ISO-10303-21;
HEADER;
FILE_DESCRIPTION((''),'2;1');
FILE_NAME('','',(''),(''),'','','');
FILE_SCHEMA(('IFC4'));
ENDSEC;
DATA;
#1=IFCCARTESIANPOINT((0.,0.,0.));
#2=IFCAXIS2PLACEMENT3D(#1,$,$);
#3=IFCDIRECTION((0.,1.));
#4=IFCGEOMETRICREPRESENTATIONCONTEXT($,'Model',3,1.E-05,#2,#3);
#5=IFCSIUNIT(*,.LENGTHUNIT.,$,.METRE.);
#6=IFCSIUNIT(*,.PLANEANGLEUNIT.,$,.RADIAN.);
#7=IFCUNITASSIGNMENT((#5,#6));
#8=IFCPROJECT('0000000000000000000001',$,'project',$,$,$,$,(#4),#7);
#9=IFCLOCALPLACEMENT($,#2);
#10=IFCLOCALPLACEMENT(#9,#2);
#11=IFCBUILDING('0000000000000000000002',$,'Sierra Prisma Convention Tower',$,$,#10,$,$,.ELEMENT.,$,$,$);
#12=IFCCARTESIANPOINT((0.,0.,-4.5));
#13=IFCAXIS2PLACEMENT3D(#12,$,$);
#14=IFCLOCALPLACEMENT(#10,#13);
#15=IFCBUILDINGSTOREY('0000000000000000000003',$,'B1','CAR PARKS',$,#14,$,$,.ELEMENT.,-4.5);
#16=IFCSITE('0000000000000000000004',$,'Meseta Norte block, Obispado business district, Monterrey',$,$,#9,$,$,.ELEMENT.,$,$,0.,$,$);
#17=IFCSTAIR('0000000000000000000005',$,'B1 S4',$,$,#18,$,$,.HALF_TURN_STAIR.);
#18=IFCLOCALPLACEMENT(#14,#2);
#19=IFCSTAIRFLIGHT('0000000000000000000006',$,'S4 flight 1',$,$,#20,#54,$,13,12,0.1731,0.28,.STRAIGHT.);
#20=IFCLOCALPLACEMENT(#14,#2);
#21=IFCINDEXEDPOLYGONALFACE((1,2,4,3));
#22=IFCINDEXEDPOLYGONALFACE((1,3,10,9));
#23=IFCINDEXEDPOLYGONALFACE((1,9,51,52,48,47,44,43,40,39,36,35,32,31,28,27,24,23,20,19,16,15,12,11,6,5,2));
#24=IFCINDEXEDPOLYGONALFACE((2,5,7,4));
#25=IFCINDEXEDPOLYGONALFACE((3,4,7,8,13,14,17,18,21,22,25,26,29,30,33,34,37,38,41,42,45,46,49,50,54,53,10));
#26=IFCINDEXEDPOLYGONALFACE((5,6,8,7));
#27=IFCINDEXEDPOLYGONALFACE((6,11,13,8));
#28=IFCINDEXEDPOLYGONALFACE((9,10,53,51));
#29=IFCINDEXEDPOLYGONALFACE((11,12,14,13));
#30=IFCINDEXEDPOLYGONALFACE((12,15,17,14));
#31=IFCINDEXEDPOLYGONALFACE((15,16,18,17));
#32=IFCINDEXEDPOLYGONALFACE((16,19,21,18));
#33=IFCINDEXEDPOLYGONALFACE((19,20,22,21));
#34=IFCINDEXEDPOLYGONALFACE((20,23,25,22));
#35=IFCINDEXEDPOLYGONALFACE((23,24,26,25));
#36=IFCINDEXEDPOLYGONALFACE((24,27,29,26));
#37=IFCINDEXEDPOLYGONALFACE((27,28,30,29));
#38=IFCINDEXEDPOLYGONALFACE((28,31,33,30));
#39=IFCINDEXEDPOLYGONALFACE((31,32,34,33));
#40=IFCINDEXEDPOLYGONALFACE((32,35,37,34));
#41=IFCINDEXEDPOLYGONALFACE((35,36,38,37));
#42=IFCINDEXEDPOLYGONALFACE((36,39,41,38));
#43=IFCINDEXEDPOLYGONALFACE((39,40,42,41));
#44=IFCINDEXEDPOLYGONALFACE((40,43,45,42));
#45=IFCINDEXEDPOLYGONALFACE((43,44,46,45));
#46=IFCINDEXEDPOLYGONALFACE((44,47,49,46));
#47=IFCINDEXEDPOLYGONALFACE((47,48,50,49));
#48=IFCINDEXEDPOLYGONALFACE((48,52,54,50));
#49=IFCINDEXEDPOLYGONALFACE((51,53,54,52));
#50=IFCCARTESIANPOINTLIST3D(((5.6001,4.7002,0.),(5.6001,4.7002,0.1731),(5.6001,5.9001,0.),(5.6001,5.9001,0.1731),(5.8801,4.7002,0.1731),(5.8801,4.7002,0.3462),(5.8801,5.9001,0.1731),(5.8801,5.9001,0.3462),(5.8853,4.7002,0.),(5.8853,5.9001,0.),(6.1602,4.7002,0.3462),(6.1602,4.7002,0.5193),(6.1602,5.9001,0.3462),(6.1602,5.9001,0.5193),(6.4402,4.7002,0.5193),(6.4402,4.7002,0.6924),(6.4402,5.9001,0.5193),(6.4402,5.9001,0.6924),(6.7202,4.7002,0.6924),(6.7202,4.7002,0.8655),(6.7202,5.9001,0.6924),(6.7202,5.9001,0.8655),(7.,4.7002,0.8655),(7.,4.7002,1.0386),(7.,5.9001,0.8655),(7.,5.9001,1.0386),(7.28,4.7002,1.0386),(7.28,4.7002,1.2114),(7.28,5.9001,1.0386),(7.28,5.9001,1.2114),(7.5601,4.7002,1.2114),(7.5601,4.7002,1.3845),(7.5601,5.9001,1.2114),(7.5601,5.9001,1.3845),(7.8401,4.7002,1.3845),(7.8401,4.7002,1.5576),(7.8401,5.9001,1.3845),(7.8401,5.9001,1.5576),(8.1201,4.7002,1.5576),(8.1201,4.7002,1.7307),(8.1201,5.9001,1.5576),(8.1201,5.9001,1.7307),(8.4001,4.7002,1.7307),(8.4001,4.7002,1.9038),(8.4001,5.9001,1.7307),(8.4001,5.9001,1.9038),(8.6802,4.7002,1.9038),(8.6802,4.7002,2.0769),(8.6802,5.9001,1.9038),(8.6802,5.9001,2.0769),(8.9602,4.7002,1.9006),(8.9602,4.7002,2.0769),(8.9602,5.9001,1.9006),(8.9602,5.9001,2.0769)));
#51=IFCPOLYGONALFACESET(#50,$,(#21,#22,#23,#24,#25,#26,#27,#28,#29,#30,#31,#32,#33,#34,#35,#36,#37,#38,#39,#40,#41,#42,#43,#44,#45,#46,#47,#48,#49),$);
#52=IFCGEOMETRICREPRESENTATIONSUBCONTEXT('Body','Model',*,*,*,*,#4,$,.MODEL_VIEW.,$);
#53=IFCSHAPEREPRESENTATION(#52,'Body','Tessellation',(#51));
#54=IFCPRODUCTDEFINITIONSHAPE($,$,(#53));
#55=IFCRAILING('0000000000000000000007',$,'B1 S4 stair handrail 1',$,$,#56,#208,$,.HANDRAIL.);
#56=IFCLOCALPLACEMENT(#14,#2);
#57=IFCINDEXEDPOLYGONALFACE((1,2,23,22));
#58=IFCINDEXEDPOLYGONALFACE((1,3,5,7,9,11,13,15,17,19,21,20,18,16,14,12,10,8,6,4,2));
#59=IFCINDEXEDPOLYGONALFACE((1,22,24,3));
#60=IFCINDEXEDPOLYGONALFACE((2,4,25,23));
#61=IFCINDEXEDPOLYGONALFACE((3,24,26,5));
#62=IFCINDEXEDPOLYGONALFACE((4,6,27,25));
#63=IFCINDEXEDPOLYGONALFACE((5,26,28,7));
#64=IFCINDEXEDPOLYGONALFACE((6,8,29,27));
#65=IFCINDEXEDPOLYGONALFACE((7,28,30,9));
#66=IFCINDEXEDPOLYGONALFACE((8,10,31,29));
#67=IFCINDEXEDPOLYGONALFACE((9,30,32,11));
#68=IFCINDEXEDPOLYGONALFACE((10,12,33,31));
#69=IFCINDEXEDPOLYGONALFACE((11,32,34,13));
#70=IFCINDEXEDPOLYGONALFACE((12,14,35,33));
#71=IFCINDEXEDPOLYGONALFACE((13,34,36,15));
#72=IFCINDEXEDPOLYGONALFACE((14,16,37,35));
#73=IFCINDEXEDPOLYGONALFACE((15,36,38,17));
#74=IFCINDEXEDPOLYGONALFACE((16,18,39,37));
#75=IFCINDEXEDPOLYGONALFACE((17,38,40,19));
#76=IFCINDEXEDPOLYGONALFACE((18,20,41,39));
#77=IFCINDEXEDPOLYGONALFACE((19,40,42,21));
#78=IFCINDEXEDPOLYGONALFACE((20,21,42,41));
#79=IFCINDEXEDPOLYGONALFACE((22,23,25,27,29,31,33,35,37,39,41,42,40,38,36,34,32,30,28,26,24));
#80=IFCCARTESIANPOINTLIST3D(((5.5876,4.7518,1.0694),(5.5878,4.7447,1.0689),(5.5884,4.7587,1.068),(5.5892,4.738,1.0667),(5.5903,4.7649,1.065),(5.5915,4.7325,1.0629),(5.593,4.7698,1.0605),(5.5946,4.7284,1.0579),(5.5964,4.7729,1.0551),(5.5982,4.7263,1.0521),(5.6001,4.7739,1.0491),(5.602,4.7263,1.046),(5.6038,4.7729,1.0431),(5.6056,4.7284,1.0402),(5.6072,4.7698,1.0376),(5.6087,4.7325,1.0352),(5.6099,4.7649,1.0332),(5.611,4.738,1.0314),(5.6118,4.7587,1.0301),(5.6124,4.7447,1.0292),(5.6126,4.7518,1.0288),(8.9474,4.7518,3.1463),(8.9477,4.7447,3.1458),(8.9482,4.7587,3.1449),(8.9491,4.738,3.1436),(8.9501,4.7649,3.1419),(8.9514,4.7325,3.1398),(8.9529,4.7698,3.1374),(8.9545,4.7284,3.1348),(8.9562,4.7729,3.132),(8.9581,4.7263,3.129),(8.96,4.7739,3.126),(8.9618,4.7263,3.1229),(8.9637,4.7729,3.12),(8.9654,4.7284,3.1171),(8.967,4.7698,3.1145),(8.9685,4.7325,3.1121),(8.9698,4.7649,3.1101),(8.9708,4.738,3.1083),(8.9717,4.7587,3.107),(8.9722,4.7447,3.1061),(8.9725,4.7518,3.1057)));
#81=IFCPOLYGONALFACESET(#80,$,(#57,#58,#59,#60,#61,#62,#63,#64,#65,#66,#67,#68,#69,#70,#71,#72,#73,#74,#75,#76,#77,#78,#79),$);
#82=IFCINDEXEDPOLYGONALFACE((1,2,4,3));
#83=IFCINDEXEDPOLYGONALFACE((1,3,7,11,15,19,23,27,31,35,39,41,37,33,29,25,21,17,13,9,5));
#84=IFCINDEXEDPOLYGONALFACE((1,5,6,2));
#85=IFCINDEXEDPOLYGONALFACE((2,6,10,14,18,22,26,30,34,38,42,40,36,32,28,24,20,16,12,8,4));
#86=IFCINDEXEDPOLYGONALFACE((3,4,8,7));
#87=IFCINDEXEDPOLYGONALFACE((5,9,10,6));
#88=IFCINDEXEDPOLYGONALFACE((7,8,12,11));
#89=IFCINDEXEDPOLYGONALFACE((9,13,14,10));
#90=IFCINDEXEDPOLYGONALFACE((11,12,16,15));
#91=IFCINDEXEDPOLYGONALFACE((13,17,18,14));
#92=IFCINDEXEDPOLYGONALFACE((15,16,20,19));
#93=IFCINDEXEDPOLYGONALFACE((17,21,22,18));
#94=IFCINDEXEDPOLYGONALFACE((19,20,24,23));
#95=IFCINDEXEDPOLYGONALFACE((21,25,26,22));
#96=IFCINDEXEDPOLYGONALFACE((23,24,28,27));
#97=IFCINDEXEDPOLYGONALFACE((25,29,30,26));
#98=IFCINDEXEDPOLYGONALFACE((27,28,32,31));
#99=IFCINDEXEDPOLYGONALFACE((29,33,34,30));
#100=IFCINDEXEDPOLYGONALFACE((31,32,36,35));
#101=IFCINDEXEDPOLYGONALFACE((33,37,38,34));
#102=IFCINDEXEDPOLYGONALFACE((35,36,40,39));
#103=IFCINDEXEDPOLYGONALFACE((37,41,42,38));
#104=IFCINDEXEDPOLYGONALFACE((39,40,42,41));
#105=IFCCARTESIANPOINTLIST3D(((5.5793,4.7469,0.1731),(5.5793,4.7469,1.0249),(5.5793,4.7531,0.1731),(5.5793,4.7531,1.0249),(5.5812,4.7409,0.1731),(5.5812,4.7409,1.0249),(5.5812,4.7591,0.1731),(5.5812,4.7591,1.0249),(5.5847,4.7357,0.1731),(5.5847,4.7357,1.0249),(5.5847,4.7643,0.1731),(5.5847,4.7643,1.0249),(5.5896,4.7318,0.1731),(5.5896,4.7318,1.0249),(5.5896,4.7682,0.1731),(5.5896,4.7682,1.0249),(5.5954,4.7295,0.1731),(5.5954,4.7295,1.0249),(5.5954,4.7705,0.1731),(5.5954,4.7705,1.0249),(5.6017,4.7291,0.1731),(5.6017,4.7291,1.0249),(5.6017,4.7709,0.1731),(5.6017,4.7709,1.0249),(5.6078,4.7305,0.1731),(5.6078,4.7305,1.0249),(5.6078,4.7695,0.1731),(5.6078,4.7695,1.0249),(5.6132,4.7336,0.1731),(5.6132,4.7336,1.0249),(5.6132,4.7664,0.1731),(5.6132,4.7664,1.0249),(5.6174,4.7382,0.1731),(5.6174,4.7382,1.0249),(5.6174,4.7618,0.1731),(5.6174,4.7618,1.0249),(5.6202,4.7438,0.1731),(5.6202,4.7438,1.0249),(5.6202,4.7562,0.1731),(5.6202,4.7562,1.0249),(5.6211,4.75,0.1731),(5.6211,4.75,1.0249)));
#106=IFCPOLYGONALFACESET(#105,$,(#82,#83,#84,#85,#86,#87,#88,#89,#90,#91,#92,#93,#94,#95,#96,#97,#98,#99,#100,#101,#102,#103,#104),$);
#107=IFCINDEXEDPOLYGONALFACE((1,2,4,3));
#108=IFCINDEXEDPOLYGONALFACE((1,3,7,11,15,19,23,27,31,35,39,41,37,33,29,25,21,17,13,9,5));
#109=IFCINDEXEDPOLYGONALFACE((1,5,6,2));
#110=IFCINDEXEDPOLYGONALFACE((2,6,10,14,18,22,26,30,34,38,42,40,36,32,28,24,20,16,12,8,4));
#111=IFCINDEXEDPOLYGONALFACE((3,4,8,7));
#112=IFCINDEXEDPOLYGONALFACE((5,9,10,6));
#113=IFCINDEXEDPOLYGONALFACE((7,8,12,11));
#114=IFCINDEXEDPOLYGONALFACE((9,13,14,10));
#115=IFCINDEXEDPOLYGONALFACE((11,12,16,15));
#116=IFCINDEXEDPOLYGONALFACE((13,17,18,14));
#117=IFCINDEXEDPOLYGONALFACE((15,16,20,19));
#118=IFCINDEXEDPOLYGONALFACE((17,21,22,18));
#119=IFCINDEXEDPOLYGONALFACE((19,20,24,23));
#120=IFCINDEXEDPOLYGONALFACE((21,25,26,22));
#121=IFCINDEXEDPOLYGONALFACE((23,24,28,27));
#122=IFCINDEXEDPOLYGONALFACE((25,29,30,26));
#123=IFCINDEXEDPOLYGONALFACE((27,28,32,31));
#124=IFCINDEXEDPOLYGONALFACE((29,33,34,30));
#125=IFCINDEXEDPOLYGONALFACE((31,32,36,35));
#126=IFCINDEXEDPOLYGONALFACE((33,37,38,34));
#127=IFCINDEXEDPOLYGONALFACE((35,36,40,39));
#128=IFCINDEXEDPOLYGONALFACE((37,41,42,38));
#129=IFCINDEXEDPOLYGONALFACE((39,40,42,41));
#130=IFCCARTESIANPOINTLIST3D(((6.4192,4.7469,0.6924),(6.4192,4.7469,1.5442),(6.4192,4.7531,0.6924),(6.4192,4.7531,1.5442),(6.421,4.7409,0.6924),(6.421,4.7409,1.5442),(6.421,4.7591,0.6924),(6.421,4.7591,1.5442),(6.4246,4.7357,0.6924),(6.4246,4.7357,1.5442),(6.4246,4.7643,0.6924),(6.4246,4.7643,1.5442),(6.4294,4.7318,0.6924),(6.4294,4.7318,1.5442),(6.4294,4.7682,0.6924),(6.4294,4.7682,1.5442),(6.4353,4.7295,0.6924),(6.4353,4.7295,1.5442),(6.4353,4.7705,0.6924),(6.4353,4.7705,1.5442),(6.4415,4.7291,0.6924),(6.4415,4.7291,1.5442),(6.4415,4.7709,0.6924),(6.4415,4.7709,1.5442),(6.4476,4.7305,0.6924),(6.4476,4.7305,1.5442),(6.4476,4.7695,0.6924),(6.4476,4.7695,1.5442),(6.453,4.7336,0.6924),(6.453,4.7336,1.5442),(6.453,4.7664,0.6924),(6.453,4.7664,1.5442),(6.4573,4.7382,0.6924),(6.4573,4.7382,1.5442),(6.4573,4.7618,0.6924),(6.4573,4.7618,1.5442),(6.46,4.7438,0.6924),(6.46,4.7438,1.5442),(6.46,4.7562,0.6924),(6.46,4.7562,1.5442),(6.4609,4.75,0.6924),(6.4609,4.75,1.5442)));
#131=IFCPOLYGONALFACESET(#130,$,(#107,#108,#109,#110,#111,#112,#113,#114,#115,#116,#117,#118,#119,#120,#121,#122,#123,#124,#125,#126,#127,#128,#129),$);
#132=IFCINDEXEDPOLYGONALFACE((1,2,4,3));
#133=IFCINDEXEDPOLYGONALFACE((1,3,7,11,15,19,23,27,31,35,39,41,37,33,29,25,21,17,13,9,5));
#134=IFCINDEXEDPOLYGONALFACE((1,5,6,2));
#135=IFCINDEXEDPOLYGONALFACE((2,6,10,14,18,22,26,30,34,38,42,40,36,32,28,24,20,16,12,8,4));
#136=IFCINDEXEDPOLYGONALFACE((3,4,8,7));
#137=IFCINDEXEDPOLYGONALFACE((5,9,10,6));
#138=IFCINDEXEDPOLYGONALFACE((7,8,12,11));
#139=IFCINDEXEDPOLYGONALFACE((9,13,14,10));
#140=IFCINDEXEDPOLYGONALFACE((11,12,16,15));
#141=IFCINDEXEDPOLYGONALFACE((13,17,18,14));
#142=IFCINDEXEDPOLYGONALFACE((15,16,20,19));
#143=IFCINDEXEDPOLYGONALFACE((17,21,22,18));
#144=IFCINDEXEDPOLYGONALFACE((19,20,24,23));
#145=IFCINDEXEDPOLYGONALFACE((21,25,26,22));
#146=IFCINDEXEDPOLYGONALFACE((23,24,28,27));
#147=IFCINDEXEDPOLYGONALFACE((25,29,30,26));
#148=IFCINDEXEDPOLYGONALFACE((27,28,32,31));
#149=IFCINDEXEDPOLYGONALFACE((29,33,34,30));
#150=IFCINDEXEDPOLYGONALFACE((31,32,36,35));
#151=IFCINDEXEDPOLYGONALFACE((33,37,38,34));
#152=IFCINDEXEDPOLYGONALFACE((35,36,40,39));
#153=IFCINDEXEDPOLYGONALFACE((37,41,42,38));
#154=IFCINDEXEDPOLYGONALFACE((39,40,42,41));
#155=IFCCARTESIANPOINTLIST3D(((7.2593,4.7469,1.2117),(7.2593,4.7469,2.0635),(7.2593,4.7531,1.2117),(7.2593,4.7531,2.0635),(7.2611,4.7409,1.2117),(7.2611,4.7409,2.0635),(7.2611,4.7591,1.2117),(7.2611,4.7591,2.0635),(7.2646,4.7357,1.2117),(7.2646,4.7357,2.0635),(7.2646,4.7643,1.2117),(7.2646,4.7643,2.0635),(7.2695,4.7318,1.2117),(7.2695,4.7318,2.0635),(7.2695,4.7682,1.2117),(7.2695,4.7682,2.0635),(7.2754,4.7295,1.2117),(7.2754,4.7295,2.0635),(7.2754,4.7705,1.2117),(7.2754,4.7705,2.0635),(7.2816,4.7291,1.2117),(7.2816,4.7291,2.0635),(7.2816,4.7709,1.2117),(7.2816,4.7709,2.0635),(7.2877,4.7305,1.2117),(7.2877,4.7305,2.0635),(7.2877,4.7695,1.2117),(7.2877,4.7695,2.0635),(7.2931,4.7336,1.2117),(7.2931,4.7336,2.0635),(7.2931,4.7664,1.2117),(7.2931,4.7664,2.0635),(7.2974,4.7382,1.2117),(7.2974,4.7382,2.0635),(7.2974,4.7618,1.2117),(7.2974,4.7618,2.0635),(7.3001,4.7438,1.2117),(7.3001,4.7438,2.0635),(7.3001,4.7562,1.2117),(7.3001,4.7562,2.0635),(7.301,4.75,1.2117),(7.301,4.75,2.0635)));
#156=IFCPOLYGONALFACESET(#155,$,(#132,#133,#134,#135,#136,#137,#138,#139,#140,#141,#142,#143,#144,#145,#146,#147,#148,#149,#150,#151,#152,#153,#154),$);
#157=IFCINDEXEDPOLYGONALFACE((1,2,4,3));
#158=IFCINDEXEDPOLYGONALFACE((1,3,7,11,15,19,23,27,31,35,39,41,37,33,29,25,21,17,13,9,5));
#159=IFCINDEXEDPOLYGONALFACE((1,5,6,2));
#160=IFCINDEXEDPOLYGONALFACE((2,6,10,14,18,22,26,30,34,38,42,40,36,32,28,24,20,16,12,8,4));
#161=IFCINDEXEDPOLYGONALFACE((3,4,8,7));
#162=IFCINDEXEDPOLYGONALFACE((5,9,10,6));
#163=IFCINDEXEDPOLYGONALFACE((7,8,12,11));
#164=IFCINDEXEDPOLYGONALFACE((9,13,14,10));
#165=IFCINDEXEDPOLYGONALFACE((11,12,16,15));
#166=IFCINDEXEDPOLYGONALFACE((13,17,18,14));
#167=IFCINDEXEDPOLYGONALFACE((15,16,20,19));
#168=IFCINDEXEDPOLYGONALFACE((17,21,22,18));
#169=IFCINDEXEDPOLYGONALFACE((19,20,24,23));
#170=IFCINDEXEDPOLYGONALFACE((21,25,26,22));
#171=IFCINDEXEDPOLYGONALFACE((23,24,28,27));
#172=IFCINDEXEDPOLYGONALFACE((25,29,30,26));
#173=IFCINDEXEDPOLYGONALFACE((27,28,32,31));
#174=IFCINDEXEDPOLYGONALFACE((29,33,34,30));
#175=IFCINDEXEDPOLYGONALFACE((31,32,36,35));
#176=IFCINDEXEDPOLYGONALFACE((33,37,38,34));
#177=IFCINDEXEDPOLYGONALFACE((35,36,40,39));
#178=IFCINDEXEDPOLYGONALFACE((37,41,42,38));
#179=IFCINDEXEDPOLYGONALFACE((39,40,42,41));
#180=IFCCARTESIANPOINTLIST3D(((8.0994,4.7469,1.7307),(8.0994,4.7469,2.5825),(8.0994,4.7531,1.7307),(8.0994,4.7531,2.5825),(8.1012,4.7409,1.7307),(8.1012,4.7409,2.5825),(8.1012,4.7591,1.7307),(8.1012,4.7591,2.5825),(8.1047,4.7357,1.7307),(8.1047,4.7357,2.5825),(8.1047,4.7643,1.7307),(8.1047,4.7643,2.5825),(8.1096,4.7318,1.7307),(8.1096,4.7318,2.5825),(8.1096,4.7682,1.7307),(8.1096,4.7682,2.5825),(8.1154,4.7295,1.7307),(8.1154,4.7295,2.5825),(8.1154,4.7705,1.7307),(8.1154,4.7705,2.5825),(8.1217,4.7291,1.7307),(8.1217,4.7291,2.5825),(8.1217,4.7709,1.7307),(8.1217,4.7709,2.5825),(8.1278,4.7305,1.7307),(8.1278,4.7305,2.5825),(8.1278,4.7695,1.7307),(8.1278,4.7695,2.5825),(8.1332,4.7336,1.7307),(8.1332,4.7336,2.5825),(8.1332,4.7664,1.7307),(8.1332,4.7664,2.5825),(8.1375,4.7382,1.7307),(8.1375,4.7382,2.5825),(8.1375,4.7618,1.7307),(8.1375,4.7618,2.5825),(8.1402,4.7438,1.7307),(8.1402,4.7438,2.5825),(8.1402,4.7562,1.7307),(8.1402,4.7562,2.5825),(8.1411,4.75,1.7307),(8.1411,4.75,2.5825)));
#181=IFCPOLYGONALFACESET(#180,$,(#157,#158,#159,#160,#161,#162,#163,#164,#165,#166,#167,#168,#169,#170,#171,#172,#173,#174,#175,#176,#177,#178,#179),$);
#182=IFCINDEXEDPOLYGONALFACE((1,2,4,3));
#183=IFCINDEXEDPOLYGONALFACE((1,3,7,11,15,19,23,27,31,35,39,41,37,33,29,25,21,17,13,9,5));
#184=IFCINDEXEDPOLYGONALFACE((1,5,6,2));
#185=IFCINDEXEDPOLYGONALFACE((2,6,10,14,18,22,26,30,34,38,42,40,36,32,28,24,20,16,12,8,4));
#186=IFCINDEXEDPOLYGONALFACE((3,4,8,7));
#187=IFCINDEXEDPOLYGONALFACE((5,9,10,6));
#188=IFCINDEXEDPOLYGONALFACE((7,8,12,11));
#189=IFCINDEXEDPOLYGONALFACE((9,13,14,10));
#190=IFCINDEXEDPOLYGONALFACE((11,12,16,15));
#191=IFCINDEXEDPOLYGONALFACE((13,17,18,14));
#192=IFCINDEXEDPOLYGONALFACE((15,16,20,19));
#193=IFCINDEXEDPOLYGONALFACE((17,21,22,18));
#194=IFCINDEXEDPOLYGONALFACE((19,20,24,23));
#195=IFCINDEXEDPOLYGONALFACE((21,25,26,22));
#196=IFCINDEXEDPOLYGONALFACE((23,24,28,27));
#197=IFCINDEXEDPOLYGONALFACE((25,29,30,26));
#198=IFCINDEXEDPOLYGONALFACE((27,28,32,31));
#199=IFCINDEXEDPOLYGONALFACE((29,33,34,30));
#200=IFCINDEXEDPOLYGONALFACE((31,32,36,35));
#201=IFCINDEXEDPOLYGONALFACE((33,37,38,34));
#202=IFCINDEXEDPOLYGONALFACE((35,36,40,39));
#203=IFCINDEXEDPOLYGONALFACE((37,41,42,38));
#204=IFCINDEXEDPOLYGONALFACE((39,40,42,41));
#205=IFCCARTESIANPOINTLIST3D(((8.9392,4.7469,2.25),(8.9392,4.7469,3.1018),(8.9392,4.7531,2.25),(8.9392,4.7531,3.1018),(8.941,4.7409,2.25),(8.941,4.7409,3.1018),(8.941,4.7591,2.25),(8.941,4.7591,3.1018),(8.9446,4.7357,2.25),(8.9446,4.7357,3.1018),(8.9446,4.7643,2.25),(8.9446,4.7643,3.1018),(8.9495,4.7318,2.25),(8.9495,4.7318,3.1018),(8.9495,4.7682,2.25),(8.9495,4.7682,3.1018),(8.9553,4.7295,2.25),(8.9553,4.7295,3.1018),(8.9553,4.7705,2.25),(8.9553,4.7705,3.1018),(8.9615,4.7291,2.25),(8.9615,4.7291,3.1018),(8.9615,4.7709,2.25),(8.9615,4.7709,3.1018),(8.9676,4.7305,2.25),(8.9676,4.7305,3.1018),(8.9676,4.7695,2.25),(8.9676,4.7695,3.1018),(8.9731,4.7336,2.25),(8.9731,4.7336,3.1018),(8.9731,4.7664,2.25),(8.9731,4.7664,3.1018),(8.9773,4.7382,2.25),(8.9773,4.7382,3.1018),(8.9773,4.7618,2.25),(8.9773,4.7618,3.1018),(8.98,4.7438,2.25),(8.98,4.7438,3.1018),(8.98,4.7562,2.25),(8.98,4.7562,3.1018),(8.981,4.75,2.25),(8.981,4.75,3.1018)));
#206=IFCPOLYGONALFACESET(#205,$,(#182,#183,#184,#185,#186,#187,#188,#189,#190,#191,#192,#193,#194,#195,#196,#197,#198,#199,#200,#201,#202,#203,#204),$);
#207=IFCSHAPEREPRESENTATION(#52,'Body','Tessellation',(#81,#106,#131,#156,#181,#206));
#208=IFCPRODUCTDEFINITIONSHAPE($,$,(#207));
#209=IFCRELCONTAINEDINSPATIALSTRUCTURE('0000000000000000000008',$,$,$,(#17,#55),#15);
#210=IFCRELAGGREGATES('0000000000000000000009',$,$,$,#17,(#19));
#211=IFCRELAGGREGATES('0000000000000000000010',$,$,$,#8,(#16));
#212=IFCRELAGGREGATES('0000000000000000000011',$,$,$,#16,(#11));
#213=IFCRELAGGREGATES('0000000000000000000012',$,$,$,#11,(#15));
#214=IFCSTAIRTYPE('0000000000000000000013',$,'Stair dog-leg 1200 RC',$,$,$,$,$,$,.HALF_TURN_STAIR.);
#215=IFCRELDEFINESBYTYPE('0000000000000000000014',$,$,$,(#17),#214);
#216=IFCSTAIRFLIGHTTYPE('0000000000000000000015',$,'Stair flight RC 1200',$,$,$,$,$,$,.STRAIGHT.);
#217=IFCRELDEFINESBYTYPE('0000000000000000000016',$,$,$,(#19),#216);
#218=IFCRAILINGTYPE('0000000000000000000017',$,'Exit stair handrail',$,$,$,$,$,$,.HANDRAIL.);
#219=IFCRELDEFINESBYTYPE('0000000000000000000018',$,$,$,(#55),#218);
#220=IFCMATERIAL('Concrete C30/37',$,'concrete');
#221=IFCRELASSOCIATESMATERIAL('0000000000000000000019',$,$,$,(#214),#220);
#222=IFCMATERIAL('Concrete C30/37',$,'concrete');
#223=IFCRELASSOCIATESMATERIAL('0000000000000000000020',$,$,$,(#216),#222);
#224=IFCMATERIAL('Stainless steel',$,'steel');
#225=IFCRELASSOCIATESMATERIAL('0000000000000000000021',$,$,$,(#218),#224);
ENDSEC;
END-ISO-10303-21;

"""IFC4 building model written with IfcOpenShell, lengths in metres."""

from ifc_helpers import new_model, si_unit, direction, frame, origin, origin_2d, place, context, subcontext, project, spatial, polyline, circle, outline, extrude, material, type_object, element, aggregate, save


model = new_model("IFC4")

# Units and contexts
model_context = context("Model", 3, precision=1e-05, world=origin(), true_north=direction((0.0, 1.0)))
body_context = subcontext(model_context, "Body", "Model", "MODEL_VIEW")
ifc_project = project(units=[si_unit("LENGTHUNIT", "METRE"), si_unit("PLANEANGLEUNIT", "RADIAN")], contexts=[model_context])

# Site, building, storey
site_placement = place(None, origin())
site = spatial("IfcSite", under=ifc_project, at=site_placement, Name="Meseta Norte block, Obispado business district, Monterrey", CompositionType="ELEMENT", RefElevation=0.0)
building_placement = place(site_placement, origin())
building = spatial("IfcBuilding", under=site, at=building_placement, Name="Sierra Prisma Convention Tower", CompositionType="ELEMENT")
storey_placement = place(building_placement, frame((0.0, 0.0, -4.5)))
storey = spatial("IfcBuildingStorey", under=building, at=storey_placement, Name="B1", Description="CAR PARKS", CompositionType="ELEMENT", Elevation=-4.5)

# Stair
ifc_material_1 = material(Name="Concrete C30/37", Category="concrete")
stair_type = type_object("IfcStairType", Name="Stair dog-leg 1200 RC", PredefinedType="HALF_TURN_STAIR", material=ifc_material_1)
stair_placement = place(storey_placement, origin())
stair = element("IfcStair", 1, at=stair_placement, inside=storey, type_object=stair_type, Name="B1 S4", PredefinedType="HALF_TURN_STAIR")

# Stair flight
ifc_material_2 = material(Name="Concrete C30/37", Category="concrete")
stair_flight_type = type_object("IfcStairFlightType", Name="Stair flight RC 1200", PredefinedType="STRAIGHT", material=ifc_material_2)
stair_flight_placement = place(storey_placement, frame((5.6001, 5.3, 0.0), z_axis=(0.0, 0.0, 1.0), x_axis=(1.0, 0.0, 0.0)))
stair_flight = element("IfcStairFlight", 2, at=stair_flight_placement, type_object=stair_flight_type, Name="S4 flight 1", NumberOfRisers=13, NumberOfTreads=12, PredefinedType="STRAIGHT", RiserHeight=0.1731, TreadLength=0.28, context=body_context, shape_type="SweptSolid", body=[
    extrude(outline(polyline([(0.0, 0.0), (0.0, 0.1731), (0.28, 0.1731), (0.28, 0.3462), (0.5601, 0.3462), (0.5601, 0.5193), (0.8401, 0.5193), (0.8401, 0.6924), (1.1201, 0.6924), (1.1201, 0.8655), (1.3999, 0.8655), (1.3999, 1.0386), (1.6799, 1.0386), (1.6799, 1.2114), (1.96, 1.2114), (1.96, 1.3845), (2.24, 1.3845), (2.24, 1.5576), (2.52, 1.5576), (2.52, 1.7307), (2.8, 1.7307), (2.8, 1.9038), (3.0801, 1.9038), (3.0801, 2.0769), (3.3601, 2.0769), (3.3601, 2.25), (3.3601, 1.9006), (0.2852, 0.0), (0.0, 0.0)])), frame((0.0, 0.6001, 0.0), z_axis=(0.0, -1.0, 0.0), x_axis=(1.0, 0.0, 0.0)), (0.0, 0.0, 1.0), 1.2),
])
aggregate(stair, [stair_flight])

# Railing
ifc_material_3 = material(Name="Stainless steel", Category="steel")
railing_type_1 = type_object("IfcRailingType", Name="Exit stair handrail", PredefinedType="HANDRAIL", material=ifc_material_3)
railing_1_placement = place(storey_placement, frame((5.6001, 4.75, 0.1731)))
element("IfcRailing", 3, at=railing_1_placement, inside=storey, type_object=railing_type_1, Name="B1 S4 stair handrail 1", PredefinedType="HANDRAIL", context=body_context, shape_type="SweptSolid", body=[
    extrude(circle(Radius=0.0239, at=origin_2d()), frame((0.0, 0.0, 0.876), z_axis=(0.850606, 0.0, 0.525803), x_axis=(0.0, 1.0, 0.0)), (0.0, 0.0, 1.0), 3.95),
    extrude(circle(Radius=0.021, at=origin_2d()), origin(), (0.0, 0.0, 1.0), 0.8518),
    extrude(circle(Radius=0.021, at=origin_2d()), frame((0.8398, 0.0, 0.5193)), (0.0, 0.0, 1.0), 0.8518),
    extrude(circle(Radius=0.021, at=origin_2d()), frame((1.6799, 0.0, 1.0386)), (0.0, 0.0, 1.0), 0.8518),
    extrude(circle(Radius=0.021, at=origin_2d()), frame((2.52, 0.0, 1.5576)), (0.0, 0.0, 1.0), 0.8518),
    extrude(circle(Radius=0.021, at=origin_2d()), frame((3.3599, 0.0, 2.0769)), (0.0, 0.0, 1.0), 0.8518),
])

save(model, "model.ifc")
